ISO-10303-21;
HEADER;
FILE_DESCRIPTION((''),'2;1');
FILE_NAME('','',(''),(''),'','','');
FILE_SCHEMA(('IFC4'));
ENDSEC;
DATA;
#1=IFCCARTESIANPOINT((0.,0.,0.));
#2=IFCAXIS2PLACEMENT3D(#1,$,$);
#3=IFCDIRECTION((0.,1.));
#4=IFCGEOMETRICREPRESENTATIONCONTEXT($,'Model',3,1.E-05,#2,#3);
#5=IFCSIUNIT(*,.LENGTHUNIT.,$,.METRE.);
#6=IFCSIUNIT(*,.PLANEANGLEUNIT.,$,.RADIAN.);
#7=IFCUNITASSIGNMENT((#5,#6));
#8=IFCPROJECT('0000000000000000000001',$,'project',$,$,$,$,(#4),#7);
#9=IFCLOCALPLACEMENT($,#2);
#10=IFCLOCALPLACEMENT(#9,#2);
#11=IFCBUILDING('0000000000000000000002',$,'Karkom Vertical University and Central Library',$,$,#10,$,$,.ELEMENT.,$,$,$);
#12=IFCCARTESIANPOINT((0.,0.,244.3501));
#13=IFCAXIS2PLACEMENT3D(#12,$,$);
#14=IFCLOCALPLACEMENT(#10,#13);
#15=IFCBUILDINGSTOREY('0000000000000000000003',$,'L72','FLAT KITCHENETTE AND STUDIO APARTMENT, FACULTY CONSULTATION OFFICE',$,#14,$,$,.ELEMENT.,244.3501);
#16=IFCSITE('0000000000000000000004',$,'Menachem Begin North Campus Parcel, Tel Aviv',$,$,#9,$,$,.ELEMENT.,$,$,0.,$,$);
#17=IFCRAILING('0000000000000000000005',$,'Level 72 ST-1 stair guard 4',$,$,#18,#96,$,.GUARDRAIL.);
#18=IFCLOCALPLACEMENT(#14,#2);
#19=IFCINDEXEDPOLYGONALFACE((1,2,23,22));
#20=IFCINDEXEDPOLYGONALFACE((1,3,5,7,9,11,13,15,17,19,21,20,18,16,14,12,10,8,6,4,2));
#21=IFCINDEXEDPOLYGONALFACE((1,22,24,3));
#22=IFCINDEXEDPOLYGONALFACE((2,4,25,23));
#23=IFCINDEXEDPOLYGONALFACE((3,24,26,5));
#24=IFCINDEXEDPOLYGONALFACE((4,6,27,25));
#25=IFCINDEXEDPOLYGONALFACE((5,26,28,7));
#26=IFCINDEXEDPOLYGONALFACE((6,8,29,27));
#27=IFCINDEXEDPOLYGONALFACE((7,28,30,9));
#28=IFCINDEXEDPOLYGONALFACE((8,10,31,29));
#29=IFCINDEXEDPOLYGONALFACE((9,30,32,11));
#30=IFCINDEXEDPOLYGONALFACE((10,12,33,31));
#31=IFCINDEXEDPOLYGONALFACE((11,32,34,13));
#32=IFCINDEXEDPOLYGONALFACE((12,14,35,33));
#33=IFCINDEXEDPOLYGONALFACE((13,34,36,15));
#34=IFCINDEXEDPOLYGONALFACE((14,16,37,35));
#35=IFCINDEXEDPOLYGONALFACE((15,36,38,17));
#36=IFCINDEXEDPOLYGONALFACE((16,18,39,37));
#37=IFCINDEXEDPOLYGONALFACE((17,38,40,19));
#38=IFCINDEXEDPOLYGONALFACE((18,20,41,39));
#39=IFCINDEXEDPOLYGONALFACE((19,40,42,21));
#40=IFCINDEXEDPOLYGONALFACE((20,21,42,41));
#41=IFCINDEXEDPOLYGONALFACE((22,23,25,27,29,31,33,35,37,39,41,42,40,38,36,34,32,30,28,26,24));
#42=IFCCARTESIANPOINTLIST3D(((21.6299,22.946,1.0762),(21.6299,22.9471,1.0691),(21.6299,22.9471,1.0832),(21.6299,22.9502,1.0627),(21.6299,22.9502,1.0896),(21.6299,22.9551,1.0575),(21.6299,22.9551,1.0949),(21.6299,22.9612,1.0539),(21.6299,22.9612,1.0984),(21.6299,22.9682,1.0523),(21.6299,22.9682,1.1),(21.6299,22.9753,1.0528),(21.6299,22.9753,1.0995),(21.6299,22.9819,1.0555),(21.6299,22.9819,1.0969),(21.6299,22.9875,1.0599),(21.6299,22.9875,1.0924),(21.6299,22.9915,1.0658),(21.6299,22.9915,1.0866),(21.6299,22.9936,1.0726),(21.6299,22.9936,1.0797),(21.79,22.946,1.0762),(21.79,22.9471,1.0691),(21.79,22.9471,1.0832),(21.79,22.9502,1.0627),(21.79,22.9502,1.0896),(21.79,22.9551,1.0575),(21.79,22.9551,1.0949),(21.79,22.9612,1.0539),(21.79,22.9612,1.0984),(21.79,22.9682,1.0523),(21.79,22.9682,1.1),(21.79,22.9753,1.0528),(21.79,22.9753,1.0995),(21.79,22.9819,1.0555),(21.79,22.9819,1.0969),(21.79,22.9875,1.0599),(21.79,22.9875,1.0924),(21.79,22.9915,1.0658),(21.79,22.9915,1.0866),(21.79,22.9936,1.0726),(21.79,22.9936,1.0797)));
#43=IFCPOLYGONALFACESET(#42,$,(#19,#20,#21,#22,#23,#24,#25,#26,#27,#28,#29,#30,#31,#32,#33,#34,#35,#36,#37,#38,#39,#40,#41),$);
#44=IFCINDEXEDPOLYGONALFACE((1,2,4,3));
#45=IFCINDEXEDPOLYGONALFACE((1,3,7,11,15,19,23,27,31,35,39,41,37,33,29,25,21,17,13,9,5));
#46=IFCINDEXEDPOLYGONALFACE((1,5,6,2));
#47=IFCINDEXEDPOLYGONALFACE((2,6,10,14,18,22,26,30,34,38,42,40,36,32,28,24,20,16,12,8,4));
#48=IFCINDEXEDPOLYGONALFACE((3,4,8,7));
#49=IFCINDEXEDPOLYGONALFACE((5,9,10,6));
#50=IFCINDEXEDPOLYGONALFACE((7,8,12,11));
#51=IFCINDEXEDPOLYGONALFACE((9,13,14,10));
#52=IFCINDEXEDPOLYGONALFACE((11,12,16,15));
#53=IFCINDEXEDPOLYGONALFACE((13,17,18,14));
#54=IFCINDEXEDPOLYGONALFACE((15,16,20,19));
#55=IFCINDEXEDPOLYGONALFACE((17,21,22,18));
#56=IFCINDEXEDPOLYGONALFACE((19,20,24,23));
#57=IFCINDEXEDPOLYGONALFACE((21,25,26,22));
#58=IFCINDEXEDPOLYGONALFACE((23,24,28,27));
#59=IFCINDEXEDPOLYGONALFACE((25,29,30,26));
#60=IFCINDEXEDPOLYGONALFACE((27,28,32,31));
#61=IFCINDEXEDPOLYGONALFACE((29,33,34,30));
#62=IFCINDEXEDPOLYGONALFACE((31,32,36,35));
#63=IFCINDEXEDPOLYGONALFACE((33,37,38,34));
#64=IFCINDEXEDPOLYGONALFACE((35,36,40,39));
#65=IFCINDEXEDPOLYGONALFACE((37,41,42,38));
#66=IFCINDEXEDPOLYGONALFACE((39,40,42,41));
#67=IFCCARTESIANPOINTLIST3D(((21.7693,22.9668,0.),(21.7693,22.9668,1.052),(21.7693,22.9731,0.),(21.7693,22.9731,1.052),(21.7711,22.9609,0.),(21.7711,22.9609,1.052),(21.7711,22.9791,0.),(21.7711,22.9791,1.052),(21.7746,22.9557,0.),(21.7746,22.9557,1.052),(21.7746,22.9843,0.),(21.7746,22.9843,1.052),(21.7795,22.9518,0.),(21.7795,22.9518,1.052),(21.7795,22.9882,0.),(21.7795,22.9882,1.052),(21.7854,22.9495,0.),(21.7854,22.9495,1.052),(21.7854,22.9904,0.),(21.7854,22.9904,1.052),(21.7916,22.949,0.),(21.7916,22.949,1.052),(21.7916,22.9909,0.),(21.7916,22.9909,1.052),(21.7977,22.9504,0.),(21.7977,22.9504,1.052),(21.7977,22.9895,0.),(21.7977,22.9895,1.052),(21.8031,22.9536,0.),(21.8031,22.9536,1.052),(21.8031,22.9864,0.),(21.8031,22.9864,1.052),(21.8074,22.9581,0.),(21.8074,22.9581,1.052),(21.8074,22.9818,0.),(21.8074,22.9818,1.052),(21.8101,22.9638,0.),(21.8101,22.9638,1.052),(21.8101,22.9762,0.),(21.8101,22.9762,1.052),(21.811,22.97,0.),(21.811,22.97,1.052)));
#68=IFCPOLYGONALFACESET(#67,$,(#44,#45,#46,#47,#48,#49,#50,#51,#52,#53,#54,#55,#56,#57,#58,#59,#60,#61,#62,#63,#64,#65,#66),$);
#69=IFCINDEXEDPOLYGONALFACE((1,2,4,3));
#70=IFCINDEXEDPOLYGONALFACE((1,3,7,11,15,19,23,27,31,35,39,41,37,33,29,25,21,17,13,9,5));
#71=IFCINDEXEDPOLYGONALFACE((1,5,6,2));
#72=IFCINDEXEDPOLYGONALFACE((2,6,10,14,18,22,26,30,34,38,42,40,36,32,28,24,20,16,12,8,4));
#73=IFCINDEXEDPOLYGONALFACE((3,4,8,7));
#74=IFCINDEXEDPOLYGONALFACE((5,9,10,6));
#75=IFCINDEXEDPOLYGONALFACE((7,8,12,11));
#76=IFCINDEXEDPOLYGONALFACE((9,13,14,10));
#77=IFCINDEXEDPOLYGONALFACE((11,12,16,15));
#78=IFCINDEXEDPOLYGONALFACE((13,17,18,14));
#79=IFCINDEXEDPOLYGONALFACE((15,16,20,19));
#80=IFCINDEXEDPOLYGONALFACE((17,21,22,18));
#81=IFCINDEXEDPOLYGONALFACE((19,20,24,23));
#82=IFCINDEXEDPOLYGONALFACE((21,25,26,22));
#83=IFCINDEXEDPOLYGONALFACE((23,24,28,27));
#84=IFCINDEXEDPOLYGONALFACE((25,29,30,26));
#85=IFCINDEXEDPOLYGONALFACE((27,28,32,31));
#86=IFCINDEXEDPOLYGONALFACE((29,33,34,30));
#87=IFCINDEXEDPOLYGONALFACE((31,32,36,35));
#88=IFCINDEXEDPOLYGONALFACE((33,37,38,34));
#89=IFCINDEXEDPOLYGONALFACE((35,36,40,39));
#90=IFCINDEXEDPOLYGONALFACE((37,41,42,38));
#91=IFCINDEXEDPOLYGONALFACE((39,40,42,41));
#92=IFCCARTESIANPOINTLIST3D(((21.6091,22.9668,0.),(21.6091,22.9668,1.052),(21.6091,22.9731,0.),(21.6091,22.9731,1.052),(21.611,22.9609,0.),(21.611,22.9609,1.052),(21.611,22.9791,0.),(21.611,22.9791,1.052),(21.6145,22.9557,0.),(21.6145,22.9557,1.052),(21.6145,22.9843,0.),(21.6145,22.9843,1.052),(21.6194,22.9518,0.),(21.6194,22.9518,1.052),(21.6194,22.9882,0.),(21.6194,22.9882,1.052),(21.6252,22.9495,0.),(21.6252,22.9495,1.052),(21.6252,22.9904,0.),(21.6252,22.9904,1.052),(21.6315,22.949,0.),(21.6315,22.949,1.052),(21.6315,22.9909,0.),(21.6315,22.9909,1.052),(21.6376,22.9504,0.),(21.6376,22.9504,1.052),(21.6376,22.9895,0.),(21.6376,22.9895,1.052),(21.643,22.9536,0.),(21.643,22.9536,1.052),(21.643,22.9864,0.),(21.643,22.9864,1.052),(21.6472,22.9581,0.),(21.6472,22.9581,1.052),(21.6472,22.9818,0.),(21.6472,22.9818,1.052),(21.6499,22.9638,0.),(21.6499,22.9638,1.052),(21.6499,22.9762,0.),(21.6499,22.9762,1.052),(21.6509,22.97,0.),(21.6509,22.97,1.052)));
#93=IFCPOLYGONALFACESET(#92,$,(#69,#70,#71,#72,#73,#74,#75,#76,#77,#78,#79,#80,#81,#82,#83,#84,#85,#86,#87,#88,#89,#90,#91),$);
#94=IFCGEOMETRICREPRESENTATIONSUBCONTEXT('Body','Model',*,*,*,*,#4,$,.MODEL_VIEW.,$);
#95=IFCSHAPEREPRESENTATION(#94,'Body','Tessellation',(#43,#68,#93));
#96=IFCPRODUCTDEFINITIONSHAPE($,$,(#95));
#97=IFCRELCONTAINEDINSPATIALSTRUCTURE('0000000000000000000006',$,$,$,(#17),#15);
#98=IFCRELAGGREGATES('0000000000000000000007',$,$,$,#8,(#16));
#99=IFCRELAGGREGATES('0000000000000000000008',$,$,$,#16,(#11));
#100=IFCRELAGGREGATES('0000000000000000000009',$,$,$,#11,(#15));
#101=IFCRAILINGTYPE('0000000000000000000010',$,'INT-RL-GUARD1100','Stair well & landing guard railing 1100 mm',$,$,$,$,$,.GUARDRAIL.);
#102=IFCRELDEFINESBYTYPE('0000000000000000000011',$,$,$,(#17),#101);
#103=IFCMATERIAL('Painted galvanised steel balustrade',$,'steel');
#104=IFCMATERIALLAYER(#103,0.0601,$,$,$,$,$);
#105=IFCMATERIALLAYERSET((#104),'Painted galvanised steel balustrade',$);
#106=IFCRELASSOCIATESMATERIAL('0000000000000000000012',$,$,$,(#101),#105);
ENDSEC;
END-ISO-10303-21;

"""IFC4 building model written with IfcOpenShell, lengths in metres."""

from ifc_helpers import new_model, si_unit, direction, frame, origin, origin_2d, place, context, subcontext, project, spatial, circle, extrude, material, layer, layer_set, type_object, element, save


model = new_model("IFC4")

# Units and contexts
model_context = context("Model", 3, precision=1e-05, world=origin(), true_north=direction((0.0, 1.0)))
body_context = subcontext(model_context, "Body", "Model", "MODEL_VIEW")
ifc_project = project(units=[si_unit("LENGTHUNIT", "METRE"), si_unit("PLANEANGLEUNIT", "RADIAN")], contexts=[model_context])

# Site, building, storey
site_placement = place(None, origin())
site = spatial("IfcSite", under=ifc_project, at=site_placement, Name="Menachem Begin North Campus Parcel, Tel Aviv", CompositionType="ELEMENT", RefElevation=0.0)
building_placement = place(site_placement, origin())
building = spatial("IfcBuilding", under=site, at=building_placement, Name="Karkom Vertical University and Central Library", CompositionType="ELEMENT")
storey_placement = place(building_placement, frame((0.0, 0.0, 244.3501)))
storey = spatial("IfcBuildingStorey", under=building, at=storey_placement, Name="L72", Description="FLAT KITCHENETTE AND STUDIO APARTMENT, FACULTY CONSULTATION OFFICE", CompositionType="ELEMENT", Elevation=244.3501)

# Railing
ifc_material_1 = material(Name="Painted galvanised steel balustrade", Category="steel")
ifc_layer_1 = layer(ifc_material_1, 0.0601)
ifc_layer_set_1 = layer_set([ifc_layer_1], Name="Painted galvanised steel balustrade")
railing_type_1 = type_object("IfcRailingType", Name="INT-RL-GUARD1100", Description="Stair well & landing guard railing 1100 mm", PredefinedType="GUARDRAIL", material=ifc_layer_set_1)
railing_1_placement = place(storey_placement, frame((21.79, 22.97, 0.0)))
element("IfcRailing", 1, at=railing_1_placement, inside=storey, type_object=railing_type_1, Name="Level 72 ST-1 stair guard 4", PredefinedType="GUARDRAIL", context=body_context, shape_type="SweptSolid", body=[
    extrude(circle(Radius=0.0239, at=origin_2d()), frame((0.0, 0.0, 1.0762), z_axis=(-1.0, 0.0, 0.0), x_axis=(0.0, -1.0, 0.0)), (0.0, 0.0, 1.0), 0.1602),
    extrude(circle(Radius=0.021, at=origin_2d()), origin(), (0.0, 0.0, 1.0), 1.052),
    extrude(circle(Radius=0.021, at=origin_2d()), frame((-0.1602, 0.0, 0.0)), (0.0, 0.0, 1.0), 1.052),
])

save(model, "model.ifc")
